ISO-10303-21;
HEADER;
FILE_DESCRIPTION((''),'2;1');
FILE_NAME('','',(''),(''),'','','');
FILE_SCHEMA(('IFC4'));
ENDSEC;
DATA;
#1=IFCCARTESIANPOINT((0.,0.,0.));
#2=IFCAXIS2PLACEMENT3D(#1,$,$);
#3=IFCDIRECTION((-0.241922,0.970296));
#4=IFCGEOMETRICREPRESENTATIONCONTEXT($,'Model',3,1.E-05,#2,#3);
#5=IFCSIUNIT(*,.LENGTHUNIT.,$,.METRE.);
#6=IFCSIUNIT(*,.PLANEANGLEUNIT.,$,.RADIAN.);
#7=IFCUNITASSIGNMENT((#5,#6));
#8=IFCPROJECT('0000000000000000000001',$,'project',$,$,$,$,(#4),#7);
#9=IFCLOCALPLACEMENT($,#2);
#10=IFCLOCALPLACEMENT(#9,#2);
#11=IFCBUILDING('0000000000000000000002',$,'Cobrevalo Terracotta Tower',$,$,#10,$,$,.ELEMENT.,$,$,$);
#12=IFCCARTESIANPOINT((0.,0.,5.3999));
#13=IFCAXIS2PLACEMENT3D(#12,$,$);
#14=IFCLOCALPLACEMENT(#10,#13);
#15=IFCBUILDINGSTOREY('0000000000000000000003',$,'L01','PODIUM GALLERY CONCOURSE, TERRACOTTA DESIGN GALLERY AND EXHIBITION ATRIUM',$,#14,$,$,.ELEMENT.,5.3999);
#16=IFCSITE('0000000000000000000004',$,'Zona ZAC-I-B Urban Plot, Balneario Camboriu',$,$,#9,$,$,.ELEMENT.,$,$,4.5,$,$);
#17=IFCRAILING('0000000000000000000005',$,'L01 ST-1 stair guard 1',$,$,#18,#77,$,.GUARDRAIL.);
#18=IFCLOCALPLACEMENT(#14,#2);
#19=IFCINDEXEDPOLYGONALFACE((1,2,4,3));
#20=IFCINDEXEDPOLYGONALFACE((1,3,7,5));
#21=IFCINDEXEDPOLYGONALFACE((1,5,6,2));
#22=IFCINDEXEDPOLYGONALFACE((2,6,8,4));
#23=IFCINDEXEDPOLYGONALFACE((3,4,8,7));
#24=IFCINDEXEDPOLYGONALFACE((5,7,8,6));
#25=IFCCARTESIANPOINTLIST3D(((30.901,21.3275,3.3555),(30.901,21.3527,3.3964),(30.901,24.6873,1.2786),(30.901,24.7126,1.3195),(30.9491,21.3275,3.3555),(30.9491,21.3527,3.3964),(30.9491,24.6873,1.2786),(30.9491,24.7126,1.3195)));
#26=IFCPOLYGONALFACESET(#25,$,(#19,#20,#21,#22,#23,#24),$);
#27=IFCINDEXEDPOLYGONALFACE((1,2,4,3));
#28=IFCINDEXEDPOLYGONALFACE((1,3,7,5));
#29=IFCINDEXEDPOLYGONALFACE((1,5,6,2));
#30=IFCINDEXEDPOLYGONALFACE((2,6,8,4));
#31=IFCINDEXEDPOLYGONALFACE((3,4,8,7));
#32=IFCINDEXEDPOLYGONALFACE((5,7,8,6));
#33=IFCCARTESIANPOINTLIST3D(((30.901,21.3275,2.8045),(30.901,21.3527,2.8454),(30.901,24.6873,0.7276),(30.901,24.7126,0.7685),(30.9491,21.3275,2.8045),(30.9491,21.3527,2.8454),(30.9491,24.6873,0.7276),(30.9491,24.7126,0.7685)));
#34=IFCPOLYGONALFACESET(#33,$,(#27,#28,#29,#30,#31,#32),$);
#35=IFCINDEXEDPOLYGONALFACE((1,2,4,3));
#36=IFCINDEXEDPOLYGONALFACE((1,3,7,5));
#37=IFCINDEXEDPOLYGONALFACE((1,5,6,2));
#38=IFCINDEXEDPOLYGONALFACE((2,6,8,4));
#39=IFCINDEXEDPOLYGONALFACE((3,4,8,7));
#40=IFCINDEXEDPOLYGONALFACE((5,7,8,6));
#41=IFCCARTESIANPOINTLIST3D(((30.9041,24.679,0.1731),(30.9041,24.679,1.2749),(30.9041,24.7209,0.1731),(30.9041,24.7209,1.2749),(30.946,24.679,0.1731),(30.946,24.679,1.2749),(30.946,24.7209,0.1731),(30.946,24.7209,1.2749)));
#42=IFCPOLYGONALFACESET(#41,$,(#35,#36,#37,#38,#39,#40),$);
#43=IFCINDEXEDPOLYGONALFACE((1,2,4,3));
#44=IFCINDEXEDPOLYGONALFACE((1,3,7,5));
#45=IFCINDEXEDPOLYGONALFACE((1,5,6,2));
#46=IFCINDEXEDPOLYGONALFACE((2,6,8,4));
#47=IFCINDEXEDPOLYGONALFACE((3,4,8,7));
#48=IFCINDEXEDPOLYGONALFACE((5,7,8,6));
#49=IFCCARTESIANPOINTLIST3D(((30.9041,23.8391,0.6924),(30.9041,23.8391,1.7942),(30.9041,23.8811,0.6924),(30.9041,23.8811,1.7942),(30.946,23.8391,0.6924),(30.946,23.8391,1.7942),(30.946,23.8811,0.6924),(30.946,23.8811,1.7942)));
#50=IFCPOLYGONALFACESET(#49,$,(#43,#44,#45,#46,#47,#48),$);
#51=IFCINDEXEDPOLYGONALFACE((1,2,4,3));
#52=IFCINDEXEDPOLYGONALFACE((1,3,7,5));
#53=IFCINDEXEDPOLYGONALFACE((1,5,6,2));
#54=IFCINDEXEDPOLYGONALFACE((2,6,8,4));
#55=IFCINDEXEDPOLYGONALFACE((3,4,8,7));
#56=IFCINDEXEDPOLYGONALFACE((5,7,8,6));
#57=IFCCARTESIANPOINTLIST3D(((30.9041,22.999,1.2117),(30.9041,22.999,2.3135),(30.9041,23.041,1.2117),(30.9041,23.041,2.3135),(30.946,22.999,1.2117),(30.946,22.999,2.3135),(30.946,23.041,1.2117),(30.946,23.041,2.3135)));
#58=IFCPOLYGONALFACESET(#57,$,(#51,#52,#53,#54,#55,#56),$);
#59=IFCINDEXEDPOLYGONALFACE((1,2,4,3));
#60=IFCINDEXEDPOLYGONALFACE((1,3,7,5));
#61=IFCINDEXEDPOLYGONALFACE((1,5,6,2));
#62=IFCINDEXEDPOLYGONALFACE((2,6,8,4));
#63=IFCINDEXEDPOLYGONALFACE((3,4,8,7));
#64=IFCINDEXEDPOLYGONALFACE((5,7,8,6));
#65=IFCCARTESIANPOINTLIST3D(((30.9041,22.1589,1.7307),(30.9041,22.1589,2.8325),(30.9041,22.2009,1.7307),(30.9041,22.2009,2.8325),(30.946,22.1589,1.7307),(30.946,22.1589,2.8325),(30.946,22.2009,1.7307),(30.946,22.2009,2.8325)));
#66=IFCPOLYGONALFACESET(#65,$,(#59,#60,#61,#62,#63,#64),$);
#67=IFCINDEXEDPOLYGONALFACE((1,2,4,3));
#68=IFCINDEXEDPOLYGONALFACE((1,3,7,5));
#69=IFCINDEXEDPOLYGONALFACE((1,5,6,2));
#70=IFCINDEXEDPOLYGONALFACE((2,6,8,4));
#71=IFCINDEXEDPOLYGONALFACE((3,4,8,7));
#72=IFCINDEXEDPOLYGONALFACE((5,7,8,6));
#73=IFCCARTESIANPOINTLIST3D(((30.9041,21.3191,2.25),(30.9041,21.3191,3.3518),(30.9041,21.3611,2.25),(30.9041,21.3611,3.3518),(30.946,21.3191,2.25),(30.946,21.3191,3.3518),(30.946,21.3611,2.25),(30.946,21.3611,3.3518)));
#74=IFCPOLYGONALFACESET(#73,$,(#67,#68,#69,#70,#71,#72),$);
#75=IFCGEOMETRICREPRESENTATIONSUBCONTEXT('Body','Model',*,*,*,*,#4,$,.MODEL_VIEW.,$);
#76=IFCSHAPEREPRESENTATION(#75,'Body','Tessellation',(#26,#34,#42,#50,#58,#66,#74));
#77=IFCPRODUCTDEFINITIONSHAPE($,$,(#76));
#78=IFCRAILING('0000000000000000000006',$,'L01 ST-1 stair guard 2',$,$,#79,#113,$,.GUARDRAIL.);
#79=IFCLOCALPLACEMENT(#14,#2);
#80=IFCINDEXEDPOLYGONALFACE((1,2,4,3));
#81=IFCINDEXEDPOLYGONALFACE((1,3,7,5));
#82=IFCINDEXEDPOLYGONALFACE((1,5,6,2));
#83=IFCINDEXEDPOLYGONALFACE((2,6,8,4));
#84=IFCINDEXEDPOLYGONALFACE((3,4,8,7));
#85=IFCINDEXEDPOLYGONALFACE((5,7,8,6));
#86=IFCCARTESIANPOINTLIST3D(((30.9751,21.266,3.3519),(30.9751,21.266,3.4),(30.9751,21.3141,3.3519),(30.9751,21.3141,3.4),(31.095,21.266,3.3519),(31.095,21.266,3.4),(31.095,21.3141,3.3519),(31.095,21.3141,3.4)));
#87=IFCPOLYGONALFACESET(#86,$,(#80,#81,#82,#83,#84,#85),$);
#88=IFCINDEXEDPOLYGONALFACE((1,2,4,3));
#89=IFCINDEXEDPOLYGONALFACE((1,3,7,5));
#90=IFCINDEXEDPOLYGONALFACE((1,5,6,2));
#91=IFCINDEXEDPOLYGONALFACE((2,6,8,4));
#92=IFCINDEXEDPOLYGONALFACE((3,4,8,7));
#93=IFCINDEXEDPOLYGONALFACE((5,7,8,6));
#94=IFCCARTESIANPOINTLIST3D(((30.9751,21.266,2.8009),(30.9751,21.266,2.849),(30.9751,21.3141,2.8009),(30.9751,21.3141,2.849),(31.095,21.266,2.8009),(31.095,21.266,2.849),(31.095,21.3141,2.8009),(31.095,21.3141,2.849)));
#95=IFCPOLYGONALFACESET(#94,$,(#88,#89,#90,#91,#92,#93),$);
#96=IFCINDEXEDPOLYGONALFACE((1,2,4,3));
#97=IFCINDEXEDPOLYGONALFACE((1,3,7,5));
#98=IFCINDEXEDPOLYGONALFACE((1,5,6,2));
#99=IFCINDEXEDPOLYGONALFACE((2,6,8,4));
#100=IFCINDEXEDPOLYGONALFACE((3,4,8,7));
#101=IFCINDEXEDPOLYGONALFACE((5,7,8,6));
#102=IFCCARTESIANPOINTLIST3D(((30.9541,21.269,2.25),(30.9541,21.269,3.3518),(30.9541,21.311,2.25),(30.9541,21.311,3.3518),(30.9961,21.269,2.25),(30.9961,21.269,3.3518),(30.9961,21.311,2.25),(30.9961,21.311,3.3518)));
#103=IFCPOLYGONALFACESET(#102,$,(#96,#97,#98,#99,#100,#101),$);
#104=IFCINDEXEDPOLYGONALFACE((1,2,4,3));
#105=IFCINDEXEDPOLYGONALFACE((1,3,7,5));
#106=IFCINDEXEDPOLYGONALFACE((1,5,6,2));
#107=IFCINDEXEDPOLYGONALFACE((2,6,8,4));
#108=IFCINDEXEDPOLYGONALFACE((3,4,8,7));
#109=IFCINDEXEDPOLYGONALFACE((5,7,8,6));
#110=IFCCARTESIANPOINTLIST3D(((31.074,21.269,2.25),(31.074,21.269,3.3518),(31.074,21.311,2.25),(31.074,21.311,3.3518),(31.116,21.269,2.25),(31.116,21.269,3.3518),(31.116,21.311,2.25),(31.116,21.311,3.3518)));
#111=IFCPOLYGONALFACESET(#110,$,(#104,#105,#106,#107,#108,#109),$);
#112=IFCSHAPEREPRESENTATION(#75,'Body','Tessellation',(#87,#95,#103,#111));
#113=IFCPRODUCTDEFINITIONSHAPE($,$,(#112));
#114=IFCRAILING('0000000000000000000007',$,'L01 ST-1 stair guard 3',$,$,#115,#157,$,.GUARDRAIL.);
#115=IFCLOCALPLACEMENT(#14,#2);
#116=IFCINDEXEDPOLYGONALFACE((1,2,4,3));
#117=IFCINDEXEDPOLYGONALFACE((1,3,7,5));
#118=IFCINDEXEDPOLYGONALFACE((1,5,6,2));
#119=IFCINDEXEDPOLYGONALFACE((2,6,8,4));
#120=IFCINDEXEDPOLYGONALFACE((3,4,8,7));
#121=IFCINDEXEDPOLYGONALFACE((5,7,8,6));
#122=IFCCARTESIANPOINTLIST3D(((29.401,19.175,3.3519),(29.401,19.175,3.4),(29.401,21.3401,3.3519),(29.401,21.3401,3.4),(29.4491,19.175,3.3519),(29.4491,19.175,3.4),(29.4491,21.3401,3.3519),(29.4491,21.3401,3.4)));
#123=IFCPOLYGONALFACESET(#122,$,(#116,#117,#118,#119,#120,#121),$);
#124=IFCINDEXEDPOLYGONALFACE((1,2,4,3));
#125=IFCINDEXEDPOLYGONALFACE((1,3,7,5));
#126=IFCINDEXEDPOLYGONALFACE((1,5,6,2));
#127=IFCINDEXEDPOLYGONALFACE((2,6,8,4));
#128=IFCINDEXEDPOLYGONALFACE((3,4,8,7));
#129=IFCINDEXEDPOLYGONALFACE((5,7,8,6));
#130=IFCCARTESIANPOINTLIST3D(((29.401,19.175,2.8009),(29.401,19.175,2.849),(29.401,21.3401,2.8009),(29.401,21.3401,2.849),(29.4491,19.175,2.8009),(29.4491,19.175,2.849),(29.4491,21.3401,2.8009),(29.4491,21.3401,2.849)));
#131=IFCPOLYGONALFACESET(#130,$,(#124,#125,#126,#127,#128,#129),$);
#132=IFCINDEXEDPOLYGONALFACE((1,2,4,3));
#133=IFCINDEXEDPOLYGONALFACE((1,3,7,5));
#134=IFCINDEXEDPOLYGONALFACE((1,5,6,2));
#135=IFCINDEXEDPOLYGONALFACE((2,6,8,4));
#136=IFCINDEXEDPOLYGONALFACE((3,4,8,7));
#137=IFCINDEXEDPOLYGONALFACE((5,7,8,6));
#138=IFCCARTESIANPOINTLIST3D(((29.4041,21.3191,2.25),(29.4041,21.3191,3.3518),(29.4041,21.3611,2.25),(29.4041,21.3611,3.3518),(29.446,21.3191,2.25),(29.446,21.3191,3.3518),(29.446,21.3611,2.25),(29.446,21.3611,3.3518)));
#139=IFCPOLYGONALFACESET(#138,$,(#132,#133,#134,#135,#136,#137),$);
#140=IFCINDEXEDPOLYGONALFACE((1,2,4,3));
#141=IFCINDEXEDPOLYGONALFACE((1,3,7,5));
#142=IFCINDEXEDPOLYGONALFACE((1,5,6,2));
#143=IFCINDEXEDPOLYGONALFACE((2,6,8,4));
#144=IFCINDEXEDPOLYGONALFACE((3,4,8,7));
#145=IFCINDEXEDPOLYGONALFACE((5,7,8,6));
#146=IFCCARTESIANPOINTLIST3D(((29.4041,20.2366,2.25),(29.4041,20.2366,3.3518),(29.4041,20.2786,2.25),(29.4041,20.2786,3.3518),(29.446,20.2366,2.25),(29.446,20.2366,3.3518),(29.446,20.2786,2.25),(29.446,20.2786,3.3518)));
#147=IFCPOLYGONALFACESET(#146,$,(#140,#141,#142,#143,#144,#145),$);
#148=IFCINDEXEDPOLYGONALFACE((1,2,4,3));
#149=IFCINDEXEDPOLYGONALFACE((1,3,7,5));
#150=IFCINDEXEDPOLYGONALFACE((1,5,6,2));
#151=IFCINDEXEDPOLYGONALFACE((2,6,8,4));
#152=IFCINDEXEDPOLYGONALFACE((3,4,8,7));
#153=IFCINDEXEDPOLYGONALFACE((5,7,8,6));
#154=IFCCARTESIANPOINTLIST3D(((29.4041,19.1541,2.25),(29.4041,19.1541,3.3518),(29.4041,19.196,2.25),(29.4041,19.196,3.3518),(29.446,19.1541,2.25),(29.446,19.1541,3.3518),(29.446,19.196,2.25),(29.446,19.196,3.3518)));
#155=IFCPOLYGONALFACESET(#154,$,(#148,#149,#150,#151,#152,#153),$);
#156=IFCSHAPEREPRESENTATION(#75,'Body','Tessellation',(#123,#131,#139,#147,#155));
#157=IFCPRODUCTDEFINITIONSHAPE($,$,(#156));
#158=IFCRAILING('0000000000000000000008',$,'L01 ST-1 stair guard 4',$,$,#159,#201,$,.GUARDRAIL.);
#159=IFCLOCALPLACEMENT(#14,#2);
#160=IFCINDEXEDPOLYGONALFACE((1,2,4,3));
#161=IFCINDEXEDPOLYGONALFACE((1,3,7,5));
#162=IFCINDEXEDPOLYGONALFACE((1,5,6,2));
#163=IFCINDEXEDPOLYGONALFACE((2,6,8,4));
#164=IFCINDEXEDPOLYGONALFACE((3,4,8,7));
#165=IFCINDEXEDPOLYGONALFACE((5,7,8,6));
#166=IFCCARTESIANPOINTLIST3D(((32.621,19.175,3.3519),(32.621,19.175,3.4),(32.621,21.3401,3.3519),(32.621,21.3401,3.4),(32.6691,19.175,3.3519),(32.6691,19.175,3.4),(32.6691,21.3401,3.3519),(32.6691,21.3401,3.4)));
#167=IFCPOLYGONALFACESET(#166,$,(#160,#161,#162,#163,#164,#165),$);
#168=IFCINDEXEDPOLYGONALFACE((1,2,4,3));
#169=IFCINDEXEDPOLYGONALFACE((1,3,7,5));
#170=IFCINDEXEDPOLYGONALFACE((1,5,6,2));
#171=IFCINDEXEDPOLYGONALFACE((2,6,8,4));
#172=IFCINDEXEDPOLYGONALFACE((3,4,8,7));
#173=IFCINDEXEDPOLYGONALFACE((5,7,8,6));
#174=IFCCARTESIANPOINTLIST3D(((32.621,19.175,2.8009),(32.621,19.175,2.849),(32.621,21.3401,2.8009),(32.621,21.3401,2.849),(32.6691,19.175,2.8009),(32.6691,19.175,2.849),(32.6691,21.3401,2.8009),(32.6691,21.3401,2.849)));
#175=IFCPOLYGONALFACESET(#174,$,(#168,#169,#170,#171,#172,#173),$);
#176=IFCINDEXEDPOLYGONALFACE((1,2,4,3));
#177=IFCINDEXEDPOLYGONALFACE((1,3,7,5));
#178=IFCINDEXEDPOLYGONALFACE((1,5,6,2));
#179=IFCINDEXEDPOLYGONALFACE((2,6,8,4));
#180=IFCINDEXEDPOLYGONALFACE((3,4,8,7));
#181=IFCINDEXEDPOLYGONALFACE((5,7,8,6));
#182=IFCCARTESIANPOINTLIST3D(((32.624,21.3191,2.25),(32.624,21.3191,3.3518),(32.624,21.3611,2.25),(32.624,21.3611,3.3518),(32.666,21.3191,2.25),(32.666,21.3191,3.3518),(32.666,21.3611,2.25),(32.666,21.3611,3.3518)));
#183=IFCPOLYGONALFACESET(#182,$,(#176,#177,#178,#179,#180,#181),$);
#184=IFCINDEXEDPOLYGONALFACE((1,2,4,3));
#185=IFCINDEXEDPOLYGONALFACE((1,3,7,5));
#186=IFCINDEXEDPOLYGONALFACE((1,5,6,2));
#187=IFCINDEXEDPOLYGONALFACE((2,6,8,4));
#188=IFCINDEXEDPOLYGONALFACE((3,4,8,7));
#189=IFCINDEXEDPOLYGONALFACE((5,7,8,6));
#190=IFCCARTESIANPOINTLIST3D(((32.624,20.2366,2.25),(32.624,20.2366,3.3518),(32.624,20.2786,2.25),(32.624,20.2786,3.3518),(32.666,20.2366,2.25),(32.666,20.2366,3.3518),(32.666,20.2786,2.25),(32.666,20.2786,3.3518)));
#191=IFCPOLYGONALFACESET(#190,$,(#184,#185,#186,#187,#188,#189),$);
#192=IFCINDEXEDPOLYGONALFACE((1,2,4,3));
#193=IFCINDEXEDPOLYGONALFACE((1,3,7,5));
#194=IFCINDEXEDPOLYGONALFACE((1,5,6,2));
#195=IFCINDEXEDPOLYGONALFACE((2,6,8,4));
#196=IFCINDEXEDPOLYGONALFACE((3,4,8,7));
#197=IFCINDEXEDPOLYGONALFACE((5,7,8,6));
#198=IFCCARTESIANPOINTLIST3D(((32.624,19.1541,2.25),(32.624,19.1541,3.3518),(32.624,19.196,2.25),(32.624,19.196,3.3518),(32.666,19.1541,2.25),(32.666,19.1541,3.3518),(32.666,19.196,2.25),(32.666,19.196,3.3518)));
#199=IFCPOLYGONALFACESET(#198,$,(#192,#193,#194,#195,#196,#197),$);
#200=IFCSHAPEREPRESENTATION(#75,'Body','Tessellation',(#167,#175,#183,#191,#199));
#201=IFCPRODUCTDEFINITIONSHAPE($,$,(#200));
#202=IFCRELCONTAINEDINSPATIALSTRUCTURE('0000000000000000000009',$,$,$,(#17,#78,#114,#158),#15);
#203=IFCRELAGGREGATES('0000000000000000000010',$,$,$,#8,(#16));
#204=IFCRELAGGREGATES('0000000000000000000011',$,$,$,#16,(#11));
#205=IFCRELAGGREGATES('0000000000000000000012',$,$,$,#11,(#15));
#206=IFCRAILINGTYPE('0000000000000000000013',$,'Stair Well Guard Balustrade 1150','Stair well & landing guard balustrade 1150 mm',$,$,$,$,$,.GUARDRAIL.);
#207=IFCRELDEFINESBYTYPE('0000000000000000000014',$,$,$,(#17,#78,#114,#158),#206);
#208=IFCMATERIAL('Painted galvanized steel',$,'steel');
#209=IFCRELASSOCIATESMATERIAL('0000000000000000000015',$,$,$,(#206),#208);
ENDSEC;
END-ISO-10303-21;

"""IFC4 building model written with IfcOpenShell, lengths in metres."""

from ifc_helpers import new_model, si_unit, direction, frame, origin, origin_2d, place, context, subcontext, project, spatial, rectangle, extrude, material, type_object, element, save


model = new_model("IFC4")

# Units and contexts
model_context = context("Model", 3, precision=1e-05, world=origin(), true_north=direction((-0.241922, 0.970296)))
body_context = subcontext(model_context, "Body", "Model", "MODEL_VIEW")
ifc_project = project(units=[si_unit("LENGTHUNIT", "METRE"), si_unit("PLANEANGLEUNIT", "RADIAN")], contexts=[model_context])

# Site, building, storey
site_placement = place(None, origin())
site = spatial("IfcSite", under=ifc_project, at=site_placement, Name="Zona ZAC-I-B Urban Plot, Balneario Camboriu", CompositionType="ELEMENT", RefElevation=4.5)
building_placement = place(site_placement, origin())
building = spatial("IfcBuilding", under=site, at=building_placement, Name="Cobrevalo Terracotta Tower", CompositionType="ELEMENT")
storey_placement = place(building_placement, frame((0.0, 0.0, 5.3999)))
storey = spatial("IfcBuildingStorey", under=building, at=storey_placement, Name="L01", Description="PODIUM GALLERY CONCOURSE, TERRACOTTA DESIGN GALLERY AND EXHIBITION ATRIUM", CompositionType="ELEMENT", Elevation=5.3999)

# Railings
ifc_material_1 = material(Name="Painted galvanized steel", Category="steel")
railing_type_1 = type_object("IfcRailingType", Name="Stair Well Guard Balustrade 1150", Description="Stair well & landing guard balustrade 1150 mm", PredefinedType="GUARDRAIL", material=ifc_material_1)
railing_1_placement = place(storey_placement, frame((30.925, 24.7, 0.1731)))
element("IfcRailing", 1, at=railing_1_placement, inside=storey, type_object=railing_type_1, Name="L01 ST-1 stair guard 1", PredefinedType="GUARDRAIL", context=body_context, shape_type="SweptSolid", body=[
    extrude(rectangle(XDim=0.0481, YDim=0.0481, at=origin_2d()), frame((0.0, 0.0, 1.126), z_axis=(0.0, -0.850606, 0.525803), x_axis=(1.0, 0.0, 0.0)), (0.0, 0.0, 1.0), 3.95),
    extrude(rectangle(XDim=0.0481, YDim=0.0481, at=origin_2d()), frame((0.0, 0.0, 0.575), z_axis=(0.0, -0.850606, 0.525803), x_axis=(1.0, 0.0, 0.0)), (0.0, 0.0, 1.0), 3.95),
    extrude(rectangle(XDim=0.042, YDim=0.042, at=origin_2d()), origin(), (0.0, 0.0, 1.0), 1.1018),
    extrude(rectangle(XDim=0.042, YDim=0.042, at=origin_2d()), frame((0.0, -0.8398, 0.5193)), (0.0, 0.0, 1.0), 1.1018),
    extrude(rectangle(XDim=0.042, YDim=0.042, at=origin_2d()), frame((0.0, -1.6799, 1.0386)), (0.0, 0.0, 1.0), 1.1018),
    extrude(rectangle(XDim=0.042, YDim=0.042, at=origin_2d()), frame((0.0, -2.52, 1.5576)), (0.0, 0.0, 1.0), 1.1018),
    extrude(rectangle(XDim=0.042, YDim=0.042, at=origin_2d()), frame((0.0, -3.3599, 2.0769)), (0.0, 0.0, 1.0), 1.1018),
])
railing_2_placement = place(storey_placement, frame((30.9751, 21.29, 2.25)))
element("IfcRailing", 2, at=railing_2_placement, inside=storey, type_object=railing_type_1, Name="L01 ST-1 stair guard 2", PredefinedType="GUARDRAIL", context=body_context, shape_type="SweptSolid", body=[
    extrude(rectangle(XDim=0.0481, YDim=0.0481, at=origin_2d()), frame((0.0, 0.0, 1.126), z_axis=(1.0, 0.0, 0.0), x_axis=(0.0, 1.0, 0.0)), (0.0, 0.0, 1.0), 0.1199),
    extrude(rectangle(XDim=0.0481, YDim=0.0481, at=origin_2d()), frame((0.0, 0.0, 0.575), z_axis=(1.0, 0.0, 0.0), x_axis=(0.0, 1.0, 0.0)), (0.0, 0.0, 1.0), 0.1199),
    extrude(rectangle(XDim=0.042, YDim=0.042, at=origin_2d()), origin(), (0.0, 0.0, 1.0), 1.1018),
    extrude(rectangle(XDim=0.042, YDim=0.042, at=origin_2d()), frame((0.1199, 0.0, 0.0)), (0.0, 0.0, 1.0), 1.1018),
])
for number, where, name in (
    (3, (29.425, 21.3401, 2.25), "L01 ST-1 stair guard 3"),
    (4, (32.645, 21.3401, 2.25), "L01 ST-1 stair guard 4"),
):
    element("IfcRailing", number, at=place(storey_placement, frame(where)), inside=storey, type_object=railing_type_1, Name=name, PredefinedType="GUARDRAIL", context=body_context, shape_type="SweptSolid", body=[
        extrude(rectangle(XDim=0.0481, YDim=0.0481, at=origin_2d()), frame((0.0, 0.0, 1.126), z_axis=(0.0, -1.0, 0.0), x_axis=(1.0, 0.0, 0.0)), (0.0, 0.0, 1.0), 2.165),
        extrude(rectangle(XDim=0.0481, YDim=0.0481, at=origin_2d()), frame((0.0, 0.0, 0.575), z_axis=(0.0, -1.0, 0.0), x_axis=(1.0, 0.0, 0.0)), (0.0, 0.0, 1.0), 2.165),
        extrude(rectangle(XDim=0.042, YDim=0.042, at=origin_2d()), origin(), (0.0, 0.0, 1.0), 1.1018),
        extrude(rectangle(XDim=0.042, YDim=0.042, at=origin_2d()), frame((0.0, -1.0825, 0.0)), (0.0, 0.0, 1.0), 1.1018),
        extrude(rectangle(XDim=0.042, YDim=0.042, at=origin_2d()), frame((0.0, -2.165, 0.0)), (0.0, 0.0, 1.0), 1.1018),
    ])

save(model, "model.ifc")
